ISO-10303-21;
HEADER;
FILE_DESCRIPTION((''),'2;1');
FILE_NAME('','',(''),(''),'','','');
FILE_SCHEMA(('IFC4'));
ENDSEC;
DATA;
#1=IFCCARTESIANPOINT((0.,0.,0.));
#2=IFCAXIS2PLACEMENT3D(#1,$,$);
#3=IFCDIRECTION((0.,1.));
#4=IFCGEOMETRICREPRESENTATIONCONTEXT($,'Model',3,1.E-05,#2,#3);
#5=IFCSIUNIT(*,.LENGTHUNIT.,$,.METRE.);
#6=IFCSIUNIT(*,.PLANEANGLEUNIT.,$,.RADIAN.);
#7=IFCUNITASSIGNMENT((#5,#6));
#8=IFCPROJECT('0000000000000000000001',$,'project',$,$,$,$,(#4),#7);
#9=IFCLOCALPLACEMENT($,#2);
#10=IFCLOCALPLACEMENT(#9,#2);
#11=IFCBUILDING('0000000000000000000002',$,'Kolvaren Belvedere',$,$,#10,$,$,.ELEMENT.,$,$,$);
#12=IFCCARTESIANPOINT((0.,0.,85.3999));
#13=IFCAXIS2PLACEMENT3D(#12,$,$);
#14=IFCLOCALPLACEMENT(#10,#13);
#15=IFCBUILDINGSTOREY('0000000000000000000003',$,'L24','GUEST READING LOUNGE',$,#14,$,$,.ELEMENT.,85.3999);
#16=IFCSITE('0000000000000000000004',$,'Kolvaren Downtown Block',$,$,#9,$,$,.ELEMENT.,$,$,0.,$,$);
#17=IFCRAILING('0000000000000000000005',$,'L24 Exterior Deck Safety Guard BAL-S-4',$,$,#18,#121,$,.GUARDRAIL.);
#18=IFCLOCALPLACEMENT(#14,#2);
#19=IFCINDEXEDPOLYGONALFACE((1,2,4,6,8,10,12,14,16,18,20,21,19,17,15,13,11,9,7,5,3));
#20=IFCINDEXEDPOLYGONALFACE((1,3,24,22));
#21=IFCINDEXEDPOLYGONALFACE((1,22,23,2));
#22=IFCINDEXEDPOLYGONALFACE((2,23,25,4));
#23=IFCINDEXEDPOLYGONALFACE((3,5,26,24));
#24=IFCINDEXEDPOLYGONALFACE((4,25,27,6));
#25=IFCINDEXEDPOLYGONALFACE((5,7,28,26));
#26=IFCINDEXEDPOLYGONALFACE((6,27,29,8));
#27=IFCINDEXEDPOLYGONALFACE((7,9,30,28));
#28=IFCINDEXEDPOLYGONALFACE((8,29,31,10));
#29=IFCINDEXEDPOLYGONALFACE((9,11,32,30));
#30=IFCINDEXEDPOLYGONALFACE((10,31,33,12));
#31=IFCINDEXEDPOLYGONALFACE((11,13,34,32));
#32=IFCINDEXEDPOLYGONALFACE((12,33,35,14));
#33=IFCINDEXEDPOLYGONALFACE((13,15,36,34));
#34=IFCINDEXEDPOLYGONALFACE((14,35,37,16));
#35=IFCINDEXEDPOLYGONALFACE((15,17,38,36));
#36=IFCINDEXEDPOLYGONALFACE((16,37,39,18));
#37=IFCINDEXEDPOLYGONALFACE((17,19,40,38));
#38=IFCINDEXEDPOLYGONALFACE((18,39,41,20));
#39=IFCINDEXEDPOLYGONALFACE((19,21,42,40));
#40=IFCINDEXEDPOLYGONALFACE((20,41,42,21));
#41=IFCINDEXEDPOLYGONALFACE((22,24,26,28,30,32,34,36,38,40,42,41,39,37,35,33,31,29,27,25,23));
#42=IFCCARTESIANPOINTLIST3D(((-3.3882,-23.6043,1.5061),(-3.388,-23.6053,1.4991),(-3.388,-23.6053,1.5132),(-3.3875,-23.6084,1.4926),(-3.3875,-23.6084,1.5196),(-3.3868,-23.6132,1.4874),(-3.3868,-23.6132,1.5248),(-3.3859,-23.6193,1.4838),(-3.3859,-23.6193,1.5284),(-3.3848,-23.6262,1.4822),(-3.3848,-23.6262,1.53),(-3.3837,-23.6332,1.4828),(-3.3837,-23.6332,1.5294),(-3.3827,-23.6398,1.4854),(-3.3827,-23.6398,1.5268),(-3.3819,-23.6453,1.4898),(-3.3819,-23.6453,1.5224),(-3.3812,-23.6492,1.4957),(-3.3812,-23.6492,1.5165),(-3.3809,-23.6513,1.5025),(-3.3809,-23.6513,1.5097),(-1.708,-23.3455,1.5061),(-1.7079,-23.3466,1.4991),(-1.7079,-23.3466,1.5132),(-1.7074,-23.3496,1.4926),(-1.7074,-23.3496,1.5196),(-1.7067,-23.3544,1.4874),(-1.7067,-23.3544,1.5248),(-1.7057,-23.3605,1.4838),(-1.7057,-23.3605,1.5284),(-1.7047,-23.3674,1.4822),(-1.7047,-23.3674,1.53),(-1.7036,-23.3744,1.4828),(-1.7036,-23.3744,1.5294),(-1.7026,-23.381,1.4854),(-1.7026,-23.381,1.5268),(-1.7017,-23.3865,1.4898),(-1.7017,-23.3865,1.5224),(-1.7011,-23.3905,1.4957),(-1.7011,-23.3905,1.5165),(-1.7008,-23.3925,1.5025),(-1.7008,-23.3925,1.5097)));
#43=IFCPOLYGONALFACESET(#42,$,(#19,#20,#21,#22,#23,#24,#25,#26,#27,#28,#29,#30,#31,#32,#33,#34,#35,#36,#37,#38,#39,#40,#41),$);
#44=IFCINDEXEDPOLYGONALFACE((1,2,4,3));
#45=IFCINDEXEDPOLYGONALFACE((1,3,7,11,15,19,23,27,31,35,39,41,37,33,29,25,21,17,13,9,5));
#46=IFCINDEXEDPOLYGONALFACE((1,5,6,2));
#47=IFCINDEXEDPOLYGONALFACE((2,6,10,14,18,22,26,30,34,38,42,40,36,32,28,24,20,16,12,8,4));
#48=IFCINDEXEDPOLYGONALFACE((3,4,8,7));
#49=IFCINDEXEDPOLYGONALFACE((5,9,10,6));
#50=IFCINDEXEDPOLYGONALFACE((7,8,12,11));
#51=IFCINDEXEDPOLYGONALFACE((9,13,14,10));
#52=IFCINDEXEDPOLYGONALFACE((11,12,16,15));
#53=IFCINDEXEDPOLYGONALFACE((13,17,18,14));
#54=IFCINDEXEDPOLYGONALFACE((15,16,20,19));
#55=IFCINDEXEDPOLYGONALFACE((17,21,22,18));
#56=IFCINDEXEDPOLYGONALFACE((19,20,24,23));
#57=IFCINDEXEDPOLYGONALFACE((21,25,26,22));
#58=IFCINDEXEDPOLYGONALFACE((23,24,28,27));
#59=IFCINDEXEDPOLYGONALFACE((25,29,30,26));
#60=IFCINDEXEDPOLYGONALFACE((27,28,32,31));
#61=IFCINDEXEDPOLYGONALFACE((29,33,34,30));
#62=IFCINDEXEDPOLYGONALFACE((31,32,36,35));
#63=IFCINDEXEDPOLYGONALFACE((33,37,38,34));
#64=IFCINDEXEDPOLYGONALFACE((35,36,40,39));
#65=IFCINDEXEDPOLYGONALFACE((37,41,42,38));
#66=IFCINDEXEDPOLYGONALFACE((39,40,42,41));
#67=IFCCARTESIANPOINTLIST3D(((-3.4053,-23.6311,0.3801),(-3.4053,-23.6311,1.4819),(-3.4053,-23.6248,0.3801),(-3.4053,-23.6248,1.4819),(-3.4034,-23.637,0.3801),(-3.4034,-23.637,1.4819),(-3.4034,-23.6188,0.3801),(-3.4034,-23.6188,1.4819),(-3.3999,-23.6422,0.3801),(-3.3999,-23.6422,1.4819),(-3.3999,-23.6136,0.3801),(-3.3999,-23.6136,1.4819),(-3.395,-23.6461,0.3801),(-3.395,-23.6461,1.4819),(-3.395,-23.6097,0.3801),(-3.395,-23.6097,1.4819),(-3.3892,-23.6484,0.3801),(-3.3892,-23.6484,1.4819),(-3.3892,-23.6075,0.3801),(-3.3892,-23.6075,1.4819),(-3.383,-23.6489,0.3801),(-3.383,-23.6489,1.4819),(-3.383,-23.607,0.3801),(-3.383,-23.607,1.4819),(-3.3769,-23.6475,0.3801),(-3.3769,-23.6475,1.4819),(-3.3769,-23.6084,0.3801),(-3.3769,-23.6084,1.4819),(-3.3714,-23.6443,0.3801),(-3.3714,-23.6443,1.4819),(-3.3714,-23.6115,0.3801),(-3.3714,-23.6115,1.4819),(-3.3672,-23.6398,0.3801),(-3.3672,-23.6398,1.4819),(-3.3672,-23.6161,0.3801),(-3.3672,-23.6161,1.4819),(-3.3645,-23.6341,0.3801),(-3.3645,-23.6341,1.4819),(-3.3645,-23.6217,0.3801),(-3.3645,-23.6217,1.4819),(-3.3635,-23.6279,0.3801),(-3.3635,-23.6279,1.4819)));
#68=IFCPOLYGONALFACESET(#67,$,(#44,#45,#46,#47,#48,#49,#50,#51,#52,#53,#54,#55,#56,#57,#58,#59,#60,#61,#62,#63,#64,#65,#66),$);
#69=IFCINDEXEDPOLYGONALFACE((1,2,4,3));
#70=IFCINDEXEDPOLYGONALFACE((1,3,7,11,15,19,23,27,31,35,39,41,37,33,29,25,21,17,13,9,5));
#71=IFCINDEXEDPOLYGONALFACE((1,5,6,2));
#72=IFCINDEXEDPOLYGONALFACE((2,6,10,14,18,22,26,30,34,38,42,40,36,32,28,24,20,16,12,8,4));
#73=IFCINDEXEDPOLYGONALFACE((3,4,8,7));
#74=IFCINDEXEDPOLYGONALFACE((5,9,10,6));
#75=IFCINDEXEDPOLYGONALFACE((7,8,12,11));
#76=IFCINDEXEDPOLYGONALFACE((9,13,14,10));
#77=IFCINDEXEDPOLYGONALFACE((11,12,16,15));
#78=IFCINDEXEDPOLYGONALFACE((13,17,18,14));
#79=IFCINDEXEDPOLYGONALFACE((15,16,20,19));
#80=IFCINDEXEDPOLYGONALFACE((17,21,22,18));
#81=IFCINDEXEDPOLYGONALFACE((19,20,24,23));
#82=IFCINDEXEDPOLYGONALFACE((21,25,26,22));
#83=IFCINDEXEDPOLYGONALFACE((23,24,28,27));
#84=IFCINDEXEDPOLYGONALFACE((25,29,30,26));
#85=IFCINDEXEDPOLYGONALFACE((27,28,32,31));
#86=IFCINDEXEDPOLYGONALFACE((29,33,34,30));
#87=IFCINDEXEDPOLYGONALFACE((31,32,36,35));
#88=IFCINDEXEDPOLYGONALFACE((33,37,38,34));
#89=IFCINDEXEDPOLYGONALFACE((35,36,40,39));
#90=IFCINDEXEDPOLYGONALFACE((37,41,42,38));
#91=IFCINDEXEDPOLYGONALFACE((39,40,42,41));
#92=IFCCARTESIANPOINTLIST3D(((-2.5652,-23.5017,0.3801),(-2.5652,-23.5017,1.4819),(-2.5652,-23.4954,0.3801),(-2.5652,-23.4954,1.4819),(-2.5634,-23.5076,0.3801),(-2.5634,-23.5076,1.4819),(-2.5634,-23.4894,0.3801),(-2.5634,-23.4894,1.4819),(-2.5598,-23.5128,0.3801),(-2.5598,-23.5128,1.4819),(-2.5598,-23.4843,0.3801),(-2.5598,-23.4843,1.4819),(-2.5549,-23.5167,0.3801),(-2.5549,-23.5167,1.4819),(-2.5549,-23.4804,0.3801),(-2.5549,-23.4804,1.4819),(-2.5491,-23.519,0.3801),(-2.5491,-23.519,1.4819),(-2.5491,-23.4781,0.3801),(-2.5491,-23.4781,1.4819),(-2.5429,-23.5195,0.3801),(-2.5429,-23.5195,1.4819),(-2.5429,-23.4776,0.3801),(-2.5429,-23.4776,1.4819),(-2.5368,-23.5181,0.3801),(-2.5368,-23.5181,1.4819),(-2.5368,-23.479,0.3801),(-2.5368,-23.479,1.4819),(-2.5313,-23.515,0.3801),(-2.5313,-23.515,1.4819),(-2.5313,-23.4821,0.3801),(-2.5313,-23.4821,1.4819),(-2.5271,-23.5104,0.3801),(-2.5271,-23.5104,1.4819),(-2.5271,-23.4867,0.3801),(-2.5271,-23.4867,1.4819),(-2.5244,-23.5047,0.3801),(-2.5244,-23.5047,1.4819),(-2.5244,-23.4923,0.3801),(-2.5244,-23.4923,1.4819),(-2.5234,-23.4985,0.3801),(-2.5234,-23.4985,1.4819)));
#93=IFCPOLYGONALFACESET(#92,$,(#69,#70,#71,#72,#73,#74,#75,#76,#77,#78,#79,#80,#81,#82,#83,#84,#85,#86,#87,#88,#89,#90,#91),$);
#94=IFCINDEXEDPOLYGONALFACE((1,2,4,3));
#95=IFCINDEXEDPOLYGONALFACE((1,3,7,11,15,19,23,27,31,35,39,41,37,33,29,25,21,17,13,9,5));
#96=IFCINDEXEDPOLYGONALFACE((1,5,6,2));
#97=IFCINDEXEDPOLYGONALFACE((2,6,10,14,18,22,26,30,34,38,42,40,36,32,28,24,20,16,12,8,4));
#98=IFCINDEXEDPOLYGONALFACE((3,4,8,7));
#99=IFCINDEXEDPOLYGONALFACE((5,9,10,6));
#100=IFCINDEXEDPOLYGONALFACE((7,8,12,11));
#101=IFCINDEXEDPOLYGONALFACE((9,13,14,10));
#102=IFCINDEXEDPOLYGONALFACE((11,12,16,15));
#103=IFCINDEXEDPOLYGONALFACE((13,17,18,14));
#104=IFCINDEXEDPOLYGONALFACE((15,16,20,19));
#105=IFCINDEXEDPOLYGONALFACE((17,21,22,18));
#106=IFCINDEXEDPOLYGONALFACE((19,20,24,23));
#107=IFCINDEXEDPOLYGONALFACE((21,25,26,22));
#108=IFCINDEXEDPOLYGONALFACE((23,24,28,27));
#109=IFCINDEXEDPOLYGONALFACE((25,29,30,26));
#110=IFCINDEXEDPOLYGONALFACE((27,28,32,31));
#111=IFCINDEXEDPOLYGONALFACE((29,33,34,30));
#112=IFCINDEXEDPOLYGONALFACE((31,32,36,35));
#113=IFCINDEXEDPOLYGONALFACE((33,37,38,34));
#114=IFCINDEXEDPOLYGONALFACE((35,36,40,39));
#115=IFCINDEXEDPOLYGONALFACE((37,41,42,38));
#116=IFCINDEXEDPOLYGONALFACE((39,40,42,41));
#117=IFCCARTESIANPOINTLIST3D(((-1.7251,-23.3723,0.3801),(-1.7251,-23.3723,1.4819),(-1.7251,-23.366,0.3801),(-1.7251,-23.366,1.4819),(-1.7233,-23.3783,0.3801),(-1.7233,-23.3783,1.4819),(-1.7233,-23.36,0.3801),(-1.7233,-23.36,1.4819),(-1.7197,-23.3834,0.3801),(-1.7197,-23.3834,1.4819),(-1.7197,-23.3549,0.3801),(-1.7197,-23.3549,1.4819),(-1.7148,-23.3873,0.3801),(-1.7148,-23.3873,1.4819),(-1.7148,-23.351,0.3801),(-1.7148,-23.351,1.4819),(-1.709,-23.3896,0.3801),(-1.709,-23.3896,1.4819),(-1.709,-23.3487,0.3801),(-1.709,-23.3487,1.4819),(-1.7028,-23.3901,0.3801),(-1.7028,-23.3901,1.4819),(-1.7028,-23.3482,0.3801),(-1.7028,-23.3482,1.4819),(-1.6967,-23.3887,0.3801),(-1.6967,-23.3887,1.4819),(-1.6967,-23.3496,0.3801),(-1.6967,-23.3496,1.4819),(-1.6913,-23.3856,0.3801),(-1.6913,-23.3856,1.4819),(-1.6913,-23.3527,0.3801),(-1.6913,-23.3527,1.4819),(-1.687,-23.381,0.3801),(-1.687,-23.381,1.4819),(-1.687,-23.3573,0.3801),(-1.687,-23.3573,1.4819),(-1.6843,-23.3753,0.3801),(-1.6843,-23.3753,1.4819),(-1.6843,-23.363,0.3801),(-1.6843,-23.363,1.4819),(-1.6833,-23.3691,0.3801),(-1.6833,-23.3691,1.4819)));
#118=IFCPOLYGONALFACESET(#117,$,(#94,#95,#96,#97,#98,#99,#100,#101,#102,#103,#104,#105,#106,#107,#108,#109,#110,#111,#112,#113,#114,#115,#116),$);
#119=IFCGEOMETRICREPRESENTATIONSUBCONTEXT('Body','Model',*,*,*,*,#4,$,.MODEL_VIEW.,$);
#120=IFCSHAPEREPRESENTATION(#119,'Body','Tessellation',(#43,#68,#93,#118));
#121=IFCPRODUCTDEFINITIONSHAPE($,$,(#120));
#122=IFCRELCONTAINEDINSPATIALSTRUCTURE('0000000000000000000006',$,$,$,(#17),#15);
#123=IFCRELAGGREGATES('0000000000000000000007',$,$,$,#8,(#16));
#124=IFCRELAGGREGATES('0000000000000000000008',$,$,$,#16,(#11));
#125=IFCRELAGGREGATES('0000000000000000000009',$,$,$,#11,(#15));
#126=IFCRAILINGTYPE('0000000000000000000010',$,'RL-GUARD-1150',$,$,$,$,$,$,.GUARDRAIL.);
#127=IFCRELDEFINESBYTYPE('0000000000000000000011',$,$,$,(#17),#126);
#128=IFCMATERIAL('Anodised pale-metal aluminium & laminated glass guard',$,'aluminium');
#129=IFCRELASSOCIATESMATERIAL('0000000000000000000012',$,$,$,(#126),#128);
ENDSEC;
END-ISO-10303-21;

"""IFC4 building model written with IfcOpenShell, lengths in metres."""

from ifc_helpers import new_model, si_unit, direction, frame, origin, origin_2d, place, context, subcontext, project, spatial, circle, extrude, material, type_object, element, save


model = new_model("IFC4")

# Units and contexts
model_context = context("Model", 3, precision=1e-05, world=origin(), true_north=direction((0.0, 1.0)))
body_context = subcontext(model_context, "Body", "Model", "MODEL_VIEW")
ifc_project = project(units=[si_unit("LENGTHUNIT", "METRE"), si_unit("PLANEANGLEUNIT", "RADIAN")], contexts=[model_context])

# Site, building, storey
site_placement = place(None, origin())
site = spatial("IfcSite", under=ifc_project, at=site_placement, Name="Kolvaren Downtown Block", CompositionType="ELEMENT", RefElevation=0.0)
building_placement = place(site_placement, origin())
building = spatial("IfcBuilding", under=site, at=building_placement, Name="Kolvaren Belvedere", CompositionType="ELEMENT")
storey_placement = place(building_placement, frame((0.0, 0.0, 85.3999)))
storey = spatial("IfcBuildingStorey", under=building, at=storey_placement, Name="L24", Description="GUEST READING LOUNGE", CompositionType="ELEMENT", Elevation=85.3999)

# Railing
ifc_material_1 = material(Name="Anodised pale-metal aluminium & laminated glass guard", Category="aluminium")
railing_type = type_object("IfcRailingType", Name="RL-GUARD-1150", PredefinedType="GUARDRAIL", material=ifc_material_1)
railing_1_placement = place(storey_placement, frame((-3.3845, -23.6279, 0.3801)))
element("IfcRailing", 1, at=railing_1_placement, inside=storey, type_object=railing_type, Name="L24 Exterior Deck Safety Guard BAL-S-4", PredefinedType="GUARDRAIL", context=body_context, shape_type="SweptSolid", body=[
    extrude(circle(Radius=0.0239, at=origin_2d()), frame((0.0, 0.0, 1.126), z_axis=(0.988345, 0.15223, 0.0), x_axis=(-0.15223, 0.988345, 0.0)), (0.0, 0.0, 1.0), 1.7),
    extrude(circle(Radius=0.021, at=origin_2d()), origin(), (0.0, 0.0, 1.0), 1.1018),
    extrude(circle(Radius=0.021, at=origin_2d()), frame((0.8401, 0.1294, 0.0)), (0.0, 0.0, 1.0), 1.1018),
    extrude(circle(Radius=0.021, at=origin_2d()), frame((1.6802, 0.2588, 0.0)), (0.0, 0.0, 1.0), 1.1018),
])

save(model, "model.ifc")
